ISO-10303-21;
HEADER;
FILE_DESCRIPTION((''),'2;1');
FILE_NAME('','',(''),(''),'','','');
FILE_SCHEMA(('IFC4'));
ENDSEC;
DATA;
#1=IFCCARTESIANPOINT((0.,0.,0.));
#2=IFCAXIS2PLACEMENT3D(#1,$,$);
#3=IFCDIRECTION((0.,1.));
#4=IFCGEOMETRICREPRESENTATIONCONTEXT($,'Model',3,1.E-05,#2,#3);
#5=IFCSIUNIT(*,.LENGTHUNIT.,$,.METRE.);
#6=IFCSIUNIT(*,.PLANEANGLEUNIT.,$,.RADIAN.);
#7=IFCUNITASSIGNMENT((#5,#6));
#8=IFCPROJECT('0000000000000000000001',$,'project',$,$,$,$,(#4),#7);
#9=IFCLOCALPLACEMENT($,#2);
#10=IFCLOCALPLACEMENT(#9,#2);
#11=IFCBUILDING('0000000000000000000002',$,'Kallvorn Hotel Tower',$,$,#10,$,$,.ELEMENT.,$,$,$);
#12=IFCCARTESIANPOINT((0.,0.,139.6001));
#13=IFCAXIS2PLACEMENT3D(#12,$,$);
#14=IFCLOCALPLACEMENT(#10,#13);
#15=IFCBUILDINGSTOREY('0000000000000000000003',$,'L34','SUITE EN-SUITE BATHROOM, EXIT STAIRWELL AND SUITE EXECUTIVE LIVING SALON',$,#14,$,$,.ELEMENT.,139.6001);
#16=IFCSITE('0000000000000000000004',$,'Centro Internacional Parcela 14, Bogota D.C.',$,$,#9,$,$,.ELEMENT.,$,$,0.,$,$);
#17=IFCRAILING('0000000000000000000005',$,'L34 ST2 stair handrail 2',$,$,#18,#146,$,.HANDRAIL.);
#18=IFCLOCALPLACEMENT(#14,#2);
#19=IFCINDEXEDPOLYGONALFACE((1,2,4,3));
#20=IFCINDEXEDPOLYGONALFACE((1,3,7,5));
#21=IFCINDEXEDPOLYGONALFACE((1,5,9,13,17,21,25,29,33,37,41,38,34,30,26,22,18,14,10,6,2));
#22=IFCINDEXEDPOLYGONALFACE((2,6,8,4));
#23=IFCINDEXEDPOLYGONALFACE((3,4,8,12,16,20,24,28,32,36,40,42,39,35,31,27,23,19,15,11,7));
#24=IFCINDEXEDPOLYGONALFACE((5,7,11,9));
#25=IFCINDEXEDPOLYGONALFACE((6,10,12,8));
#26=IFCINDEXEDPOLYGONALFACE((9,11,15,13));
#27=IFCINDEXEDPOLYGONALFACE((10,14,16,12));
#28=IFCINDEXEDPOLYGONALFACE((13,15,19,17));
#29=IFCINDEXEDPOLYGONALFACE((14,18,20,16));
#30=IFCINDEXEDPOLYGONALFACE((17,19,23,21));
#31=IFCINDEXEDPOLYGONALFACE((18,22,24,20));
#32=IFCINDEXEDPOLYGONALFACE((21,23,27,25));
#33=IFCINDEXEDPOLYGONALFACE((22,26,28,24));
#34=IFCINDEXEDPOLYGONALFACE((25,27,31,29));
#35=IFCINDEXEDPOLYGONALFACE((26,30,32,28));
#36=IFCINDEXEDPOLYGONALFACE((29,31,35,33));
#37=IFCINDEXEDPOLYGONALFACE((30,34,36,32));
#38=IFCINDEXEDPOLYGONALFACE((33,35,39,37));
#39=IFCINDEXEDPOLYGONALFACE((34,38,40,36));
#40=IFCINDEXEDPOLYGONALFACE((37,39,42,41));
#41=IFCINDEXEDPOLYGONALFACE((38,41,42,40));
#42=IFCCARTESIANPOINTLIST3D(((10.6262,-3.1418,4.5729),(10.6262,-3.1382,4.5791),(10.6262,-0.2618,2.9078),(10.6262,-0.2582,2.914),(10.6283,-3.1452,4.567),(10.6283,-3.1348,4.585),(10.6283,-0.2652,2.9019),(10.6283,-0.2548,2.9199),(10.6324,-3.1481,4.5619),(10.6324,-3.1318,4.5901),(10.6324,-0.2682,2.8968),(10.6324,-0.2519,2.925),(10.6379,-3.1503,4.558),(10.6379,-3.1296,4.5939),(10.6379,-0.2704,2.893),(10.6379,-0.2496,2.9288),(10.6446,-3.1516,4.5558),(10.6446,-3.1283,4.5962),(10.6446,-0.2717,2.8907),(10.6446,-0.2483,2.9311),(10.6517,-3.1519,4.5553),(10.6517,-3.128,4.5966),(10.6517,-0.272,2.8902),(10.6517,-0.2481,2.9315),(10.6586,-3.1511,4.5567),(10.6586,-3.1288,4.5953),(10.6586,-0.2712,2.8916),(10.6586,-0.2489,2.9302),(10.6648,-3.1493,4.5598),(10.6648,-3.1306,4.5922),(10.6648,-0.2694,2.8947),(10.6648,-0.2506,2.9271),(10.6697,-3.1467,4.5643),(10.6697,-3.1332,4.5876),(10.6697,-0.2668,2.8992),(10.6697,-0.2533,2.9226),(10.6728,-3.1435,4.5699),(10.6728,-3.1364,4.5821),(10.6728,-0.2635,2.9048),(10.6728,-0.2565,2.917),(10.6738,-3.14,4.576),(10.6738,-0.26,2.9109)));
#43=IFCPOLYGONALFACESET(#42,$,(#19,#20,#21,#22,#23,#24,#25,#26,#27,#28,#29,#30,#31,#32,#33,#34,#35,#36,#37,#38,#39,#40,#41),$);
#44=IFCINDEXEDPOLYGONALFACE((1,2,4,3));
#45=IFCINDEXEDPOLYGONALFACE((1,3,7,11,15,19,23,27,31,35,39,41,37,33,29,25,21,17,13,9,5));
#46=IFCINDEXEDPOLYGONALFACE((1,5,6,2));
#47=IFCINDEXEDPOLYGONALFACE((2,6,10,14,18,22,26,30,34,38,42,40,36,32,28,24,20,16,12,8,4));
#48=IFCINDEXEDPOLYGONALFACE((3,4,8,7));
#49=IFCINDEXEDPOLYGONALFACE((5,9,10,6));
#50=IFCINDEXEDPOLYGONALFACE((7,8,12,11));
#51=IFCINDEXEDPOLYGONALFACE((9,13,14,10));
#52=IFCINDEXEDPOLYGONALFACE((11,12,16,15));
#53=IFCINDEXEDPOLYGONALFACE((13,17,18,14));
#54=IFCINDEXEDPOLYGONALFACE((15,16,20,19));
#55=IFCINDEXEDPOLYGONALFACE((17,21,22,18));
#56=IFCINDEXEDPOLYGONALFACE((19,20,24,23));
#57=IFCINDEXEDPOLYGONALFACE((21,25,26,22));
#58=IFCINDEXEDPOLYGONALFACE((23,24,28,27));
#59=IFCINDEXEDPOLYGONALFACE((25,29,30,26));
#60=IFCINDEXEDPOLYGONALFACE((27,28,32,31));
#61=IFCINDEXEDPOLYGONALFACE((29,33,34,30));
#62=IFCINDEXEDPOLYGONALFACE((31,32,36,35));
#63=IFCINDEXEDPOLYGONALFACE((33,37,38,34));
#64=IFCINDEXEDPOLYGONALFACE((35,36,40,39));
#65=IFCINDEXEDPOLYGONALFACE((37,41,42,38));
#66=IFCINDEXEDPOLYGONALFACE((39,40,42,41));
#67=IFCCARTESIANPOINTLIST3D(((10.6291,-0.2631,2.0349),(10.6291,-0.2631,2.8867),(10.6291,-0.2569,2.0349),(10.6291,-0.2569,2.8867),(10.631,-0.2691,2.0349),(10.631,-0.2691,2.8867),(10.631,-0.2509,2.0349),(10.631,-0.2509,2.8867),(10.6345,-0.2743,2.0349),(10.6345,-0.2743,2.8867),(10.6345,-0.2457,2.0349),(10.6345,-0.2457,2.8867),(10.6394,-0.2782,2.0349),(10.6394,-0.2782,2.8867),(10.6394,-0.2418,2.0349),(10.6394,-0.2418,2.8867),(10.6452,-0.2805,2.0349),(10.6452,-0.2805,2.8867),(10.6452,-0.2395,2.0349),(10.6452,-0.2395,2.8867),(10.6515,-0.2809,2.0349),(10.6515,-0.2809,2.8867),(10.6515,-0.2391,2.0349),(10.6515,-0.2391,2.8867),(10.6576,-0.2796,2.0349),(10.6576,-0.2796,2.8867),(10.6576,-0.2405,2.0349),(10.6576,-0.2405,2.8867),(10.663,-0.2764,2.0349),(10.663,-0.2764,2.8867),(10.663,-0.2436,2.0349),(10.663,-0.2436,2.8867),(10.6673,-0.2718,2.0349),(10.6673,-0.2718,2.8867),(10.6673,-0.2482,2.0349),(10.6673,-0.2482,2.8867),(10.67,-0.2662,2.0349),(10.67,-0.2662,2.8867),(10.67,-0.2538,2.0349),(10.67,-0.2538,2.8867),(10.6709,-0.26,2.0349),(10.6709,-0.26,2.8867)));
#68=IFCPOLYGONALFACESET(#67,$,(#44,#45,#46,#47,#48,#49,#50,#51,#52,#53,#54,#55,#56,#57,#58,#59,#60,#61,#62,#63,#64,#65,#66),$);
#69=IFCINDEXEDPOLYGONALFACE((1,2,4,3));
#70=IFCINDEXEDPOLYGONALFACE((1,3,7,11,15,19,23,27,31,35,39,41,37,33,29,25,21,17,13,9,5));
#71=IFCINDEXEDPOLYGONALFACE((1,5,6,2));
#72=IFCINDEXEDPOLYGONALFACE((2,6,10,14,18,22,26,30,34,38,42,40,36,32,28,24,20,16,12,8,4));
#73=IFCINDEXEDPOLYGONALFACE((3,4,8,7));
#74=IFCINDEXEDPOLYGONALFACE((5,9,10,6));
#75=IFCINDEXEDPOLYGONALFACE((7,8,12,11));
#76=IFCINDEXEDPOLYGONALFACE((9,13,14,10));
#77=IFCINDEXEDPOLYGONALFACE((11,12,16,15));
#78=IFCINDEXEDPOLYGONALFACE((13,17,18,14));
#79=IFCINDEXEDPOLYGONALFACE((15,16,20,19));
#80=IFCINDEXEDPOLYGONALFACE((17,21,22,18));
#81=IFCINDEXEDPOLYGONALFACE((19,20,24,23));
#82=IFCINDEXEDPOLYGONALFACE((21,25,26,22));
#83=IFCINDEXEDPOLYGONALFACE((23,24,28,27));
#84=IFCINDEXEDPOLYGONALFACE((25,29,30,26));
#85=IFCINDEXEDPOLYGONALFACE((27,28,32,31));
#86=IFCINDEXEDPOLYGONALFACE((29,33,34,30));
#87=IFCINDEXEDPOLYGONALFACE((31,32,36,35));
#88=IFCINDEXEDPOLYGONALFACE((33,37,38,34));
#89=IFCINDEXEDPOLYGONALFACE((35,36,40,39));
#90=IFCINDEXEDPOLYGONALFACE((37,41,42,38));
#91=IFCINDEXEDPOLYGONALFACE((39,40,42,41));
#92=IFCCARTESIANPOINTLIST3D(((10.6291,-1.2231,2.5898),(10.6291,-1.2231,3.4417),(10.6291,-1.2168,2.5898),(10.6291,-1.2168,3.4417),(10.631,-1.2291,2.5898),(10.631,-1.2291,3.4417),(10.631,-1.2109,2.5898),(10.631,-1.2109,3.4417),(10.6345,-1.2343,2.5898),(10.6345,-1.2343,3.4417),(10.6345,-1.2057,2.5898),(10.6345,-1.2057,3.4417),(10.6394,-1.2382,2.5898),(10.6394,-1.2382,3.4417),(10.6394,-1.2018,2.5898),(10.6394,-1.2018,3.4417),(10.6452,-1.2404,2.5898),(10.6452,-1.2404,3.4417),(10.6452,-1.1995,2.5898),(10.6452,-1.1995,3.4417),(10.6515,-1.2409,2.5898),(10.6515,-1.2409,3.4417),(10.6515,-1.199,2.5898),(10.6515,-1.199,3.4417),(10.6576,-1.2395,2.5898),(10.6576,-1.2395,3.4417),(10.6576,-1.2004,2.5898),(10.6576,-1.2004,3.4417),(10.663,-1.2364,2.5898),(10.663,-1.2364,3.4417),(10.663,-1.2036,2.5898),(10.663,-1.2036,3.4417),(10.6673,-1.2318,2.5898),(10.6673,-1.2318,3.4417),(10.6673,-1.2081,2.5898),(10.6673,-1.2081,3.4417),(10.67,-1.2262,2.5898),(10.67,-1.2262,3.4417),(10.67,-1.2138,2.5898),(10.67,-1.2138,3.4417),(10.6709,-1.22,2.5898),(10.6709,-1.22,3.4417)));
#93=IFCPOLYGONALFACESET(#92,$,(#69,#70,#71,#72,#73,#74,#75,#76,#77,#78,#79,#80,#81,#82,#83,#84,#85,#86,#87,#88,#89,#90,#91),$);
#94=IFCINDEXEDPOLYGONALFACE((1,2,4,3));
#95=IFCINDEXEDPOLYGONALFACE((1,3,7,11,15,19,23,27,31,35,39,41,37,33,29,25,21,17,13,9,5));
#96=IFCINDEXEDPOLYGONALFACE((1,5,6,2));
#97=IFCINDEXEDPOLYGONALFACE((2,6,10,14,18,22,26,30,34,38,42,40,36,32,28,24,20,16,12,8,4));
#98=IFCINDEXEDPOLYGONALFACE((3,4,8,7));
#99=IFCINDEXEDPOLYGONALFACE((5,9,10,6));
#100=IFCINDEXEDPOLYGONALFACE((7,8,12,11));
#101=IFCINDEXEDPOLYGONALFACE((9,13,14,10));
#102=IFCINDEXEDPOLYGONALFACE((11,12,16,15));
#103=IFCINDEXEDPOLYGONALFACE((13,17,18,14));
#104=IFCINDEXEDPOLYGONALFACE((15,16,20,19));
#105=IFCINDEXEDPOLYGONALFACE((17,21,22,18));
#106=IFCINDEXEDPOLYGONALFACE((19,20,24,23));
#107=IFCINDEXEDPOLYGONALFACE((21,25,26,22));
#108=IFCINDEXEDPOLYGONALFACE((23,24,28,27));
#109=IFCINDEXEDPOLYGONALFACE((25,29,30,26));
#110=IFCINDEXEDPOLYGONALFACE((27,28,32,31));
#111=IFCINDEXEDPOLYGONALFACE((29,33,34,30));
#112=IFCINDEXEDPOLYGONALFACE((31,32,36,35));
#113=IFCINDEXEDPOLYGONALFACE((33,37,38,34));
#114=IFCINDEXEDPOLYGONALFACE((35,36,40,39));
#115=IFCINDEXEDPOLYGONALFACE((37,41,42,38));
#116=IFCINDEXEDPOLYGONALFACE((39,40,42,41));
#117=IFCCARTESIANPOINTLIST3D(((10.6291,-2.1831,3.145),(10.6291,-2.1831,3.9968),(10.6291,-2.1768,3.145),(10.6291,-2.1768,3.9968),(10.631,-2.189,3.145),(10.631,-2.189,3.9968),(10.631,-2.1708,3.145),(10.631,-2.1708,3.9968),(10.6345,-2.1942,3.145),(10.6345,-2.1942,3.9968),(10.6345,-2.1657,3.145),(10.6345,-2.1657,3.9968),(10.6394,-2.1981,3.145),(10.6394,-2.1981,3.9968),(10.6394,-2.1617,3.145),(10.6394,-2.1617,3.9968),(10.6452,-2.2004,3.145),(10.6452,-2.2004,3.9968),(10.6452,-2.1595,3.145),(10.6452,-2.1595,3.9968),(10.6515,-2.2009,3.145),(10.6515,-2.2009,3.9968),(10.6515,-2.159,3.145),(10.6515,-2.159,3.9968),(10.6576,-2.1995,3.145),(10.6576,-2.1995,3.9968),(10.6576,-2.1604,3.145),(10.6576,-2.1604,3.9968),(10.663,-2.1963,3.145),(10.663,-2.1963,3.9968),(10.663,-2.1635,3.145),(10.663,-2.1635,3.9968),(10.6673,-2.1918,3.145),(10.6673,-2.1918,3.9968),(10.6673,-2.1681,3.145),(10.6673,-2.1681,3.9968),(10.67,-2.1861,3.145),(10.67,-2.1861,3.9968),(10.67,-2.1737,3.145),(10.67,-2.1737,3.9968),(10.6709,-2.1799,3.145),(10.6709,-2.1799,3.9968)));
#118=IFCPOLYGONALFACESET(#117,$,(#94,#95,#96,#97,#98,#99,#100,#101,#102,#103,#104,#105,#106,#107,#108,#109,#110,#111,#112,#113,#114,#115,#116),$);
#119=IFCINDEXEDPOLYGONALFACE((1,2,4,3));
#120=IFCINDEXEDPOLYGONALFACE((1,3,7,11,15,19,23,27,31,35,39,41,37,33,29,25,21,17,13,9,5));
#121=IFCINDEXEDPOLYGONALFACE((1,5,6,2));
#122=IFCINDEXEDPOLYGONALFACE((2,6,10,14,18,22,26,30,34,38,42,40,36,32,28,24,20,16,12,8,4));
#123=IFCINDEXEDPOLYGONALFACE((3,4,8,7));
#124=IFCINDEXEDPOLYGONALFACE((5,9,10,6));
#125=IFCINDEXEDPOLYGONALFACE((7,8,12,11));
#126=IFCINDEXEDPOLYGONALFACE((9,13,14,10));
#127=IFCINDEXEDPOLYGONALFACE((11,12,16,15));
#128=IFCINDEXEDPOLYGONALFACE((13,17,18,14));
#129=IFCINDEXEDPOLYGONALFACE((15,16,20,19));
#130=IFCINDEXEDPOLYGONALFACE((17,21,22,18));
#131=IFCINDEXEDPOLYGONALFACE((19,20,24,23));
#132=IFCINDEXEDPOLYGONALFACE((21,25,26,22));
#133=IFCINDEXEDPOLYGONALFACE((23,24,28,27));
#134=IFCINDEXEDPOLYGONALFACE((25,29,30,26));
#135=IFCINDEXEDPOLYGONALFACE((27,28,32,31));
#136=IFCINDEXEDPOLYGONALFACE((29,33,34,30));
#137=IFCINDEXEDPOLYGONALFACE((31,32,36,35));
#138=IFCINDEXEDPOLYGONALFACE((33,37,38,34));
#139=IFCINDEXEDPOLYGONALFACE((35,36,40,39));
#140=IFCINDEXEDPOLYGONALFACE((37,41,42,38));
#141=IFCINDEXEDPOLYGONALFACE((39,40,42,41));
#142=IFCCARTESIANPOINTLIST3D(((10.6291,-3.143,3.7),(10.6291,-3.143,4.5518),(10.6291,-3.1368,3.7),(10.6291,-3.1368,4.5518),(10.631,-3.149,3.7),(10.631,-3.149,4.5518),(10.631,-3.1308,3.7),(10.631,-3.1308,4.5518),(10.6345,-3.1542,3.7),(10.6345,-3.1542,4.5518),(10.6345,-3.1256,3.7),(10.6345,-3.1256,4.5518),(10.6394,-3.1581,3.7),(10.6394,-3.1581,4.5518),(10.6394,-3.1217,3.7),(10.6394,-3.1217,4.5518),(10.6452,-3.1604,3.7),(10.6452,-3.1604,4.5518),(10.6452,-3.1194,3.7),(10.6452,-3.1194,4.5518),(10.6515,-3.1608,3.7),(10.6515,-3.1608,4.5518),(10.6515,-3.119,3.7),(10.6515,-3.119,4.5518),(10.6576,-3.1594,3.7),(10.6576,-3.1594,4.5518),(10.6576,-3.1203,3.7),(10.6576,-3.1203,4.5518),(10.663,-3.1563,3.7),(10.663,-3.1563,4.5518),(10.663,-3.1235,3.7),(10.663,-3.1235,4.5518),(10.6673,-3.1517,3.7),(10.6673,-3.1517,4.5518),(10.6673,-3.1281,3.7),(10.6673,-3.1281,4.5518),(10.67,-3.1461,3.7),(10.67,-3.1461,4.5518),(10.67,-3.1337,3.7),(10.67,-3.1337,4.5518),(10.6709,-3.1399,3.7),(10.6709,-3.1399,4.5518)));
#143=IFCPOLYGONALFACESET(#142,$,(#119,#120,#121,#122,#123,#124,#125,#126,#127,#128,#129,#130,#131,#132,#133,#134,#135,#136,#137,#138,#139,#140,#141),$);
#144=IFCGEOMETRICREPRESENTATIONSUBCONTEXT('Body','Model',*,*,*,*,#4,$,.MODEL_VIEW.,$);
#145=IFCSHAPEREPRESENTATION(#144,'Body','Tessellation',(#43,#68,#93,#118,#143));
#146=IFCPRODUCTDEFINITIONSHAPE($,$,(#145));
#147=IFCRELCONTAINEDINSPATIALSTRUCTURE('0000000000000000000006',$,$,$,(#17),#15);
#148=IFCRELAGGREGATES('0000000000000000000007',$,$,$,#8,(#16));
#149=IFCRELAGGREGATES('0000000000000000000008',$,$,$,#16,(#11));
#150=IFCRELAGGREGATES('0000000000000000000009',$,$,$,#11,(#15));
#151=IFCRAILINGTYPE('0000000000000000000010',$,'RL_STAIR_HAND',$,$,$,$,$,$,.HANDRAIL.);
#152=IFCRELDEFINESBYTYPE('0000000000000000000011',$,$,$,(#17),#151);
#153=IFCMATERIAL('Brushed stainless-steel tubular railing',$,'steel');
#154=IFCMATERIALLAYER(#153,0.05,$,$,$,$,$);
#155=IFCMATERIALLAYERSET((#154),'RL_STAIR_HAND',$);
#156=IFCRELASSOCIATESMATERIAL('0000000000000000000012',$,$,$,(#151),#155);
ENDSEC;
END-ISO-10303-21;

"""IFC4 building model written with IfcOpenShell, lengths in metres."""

from ifc_helpers import new_model, si_unit, direction, frame, origin, origin_2d, place, context, subcontext, project, spatial, circle, extrude, material, layer, layer_set, type_object, element, save


model = new_model("IFC4")

# Units and contexts
model_context = context("Model", 3, precision=1e-05, world=origin(), true_north=direction((0.0, 1.0)))
body_context = subcontext(model_context, "Body", "Model", "MODEL_VIEW")
ifc_project = project(units=[si_unit("LENGTHUNIT", "METRE"), si_unit("PLANEANGLEUNIT", "RADIAN")], contexts=[model_context])

# Site, building, storey
site_placement = place(None, origin())
site = spatial("IfcSite", under=ifc_project, at=site_placement, Name="Centro Internacional Parcela 14, Bogota D.C.", CompositionType="ELEMENT", RefElevation=0.0)
building_placement = place(site_placement, origin())
building = spatial("IfcBuilding", under=site, at=building_placement, Name="Kallvorn Hotel Tower", CompositionType="ELEMENT")
storey_placement = place(building_placement, frame((0.0, 0.0, 139.6001)))
storey = spatial("IfcBuildingStorey", under=building, at=storey_placement, Name="L34", Description="SUITE EN-SUITE BATHROOM, EXIT STAIRWELL AND SUITE EXECUTIVE LIVING SALON", CompositionType="ELEMENT", Elevation=139.6001)

# Railing
ifc_material_1 = material(Name="Brushed stainless-steel tubular railing", Category="steel")
ifc_layer_1 = layer(ifc_material_1, 0.05)
ifc_layer_set_1 = layer_set([ifc_layer_1], Name="RL_STAIR_HAND")
railing_type = type_object("IfcRailingType", Name="RL_STAIR_HAND", PredefinedType="HANDRAIL", material=ifc_layer_set_1)
railing_placement = place(storey_placement, frame((10.6499, -0.26, 2.0349)))
element("IfcRailing", 1, at=railing_placement, inside=storey, type_object=railing_type, Name="L34 ST2 stair handrail 2", PredefinedType="HANDRAIL", context=body_context, shape_type="SweptSolid", body=[
    extrude(circle(Radius=0.0239, at=origin_2d()), frame((0.0, 0.0, 0.876), z_axis=(0.0, -0.865721, 0.500527), x_axis=(1.0, 0.0, 0.0)), (0.0, 0.0, 1.0), 3.3267),
    extrude(circle(Radius=0.021, at=origin_2d()), origin(), (0.0, 0.0, 1.0), 0.8518),
    extrude(circle(Radius=0.021, at=origin_2d()), frame((0.0, -0.96, 0.5549)), (0.0, 0.0, 1.0), 0.8518),
    extrude(circle(Radius=0.021, at=origin_2d()), frame((0.0, -1.9199, 1.1101)), (0.0, 0.0, 1.0), 0.8518),
    extrude(circle(Radius=0.021, at=origin_2d()), frame((0.0, -2.8799, 1.665)), (0.0, 0.0, 1.0), 0.8518),
])

save(model, "model.ifc")
